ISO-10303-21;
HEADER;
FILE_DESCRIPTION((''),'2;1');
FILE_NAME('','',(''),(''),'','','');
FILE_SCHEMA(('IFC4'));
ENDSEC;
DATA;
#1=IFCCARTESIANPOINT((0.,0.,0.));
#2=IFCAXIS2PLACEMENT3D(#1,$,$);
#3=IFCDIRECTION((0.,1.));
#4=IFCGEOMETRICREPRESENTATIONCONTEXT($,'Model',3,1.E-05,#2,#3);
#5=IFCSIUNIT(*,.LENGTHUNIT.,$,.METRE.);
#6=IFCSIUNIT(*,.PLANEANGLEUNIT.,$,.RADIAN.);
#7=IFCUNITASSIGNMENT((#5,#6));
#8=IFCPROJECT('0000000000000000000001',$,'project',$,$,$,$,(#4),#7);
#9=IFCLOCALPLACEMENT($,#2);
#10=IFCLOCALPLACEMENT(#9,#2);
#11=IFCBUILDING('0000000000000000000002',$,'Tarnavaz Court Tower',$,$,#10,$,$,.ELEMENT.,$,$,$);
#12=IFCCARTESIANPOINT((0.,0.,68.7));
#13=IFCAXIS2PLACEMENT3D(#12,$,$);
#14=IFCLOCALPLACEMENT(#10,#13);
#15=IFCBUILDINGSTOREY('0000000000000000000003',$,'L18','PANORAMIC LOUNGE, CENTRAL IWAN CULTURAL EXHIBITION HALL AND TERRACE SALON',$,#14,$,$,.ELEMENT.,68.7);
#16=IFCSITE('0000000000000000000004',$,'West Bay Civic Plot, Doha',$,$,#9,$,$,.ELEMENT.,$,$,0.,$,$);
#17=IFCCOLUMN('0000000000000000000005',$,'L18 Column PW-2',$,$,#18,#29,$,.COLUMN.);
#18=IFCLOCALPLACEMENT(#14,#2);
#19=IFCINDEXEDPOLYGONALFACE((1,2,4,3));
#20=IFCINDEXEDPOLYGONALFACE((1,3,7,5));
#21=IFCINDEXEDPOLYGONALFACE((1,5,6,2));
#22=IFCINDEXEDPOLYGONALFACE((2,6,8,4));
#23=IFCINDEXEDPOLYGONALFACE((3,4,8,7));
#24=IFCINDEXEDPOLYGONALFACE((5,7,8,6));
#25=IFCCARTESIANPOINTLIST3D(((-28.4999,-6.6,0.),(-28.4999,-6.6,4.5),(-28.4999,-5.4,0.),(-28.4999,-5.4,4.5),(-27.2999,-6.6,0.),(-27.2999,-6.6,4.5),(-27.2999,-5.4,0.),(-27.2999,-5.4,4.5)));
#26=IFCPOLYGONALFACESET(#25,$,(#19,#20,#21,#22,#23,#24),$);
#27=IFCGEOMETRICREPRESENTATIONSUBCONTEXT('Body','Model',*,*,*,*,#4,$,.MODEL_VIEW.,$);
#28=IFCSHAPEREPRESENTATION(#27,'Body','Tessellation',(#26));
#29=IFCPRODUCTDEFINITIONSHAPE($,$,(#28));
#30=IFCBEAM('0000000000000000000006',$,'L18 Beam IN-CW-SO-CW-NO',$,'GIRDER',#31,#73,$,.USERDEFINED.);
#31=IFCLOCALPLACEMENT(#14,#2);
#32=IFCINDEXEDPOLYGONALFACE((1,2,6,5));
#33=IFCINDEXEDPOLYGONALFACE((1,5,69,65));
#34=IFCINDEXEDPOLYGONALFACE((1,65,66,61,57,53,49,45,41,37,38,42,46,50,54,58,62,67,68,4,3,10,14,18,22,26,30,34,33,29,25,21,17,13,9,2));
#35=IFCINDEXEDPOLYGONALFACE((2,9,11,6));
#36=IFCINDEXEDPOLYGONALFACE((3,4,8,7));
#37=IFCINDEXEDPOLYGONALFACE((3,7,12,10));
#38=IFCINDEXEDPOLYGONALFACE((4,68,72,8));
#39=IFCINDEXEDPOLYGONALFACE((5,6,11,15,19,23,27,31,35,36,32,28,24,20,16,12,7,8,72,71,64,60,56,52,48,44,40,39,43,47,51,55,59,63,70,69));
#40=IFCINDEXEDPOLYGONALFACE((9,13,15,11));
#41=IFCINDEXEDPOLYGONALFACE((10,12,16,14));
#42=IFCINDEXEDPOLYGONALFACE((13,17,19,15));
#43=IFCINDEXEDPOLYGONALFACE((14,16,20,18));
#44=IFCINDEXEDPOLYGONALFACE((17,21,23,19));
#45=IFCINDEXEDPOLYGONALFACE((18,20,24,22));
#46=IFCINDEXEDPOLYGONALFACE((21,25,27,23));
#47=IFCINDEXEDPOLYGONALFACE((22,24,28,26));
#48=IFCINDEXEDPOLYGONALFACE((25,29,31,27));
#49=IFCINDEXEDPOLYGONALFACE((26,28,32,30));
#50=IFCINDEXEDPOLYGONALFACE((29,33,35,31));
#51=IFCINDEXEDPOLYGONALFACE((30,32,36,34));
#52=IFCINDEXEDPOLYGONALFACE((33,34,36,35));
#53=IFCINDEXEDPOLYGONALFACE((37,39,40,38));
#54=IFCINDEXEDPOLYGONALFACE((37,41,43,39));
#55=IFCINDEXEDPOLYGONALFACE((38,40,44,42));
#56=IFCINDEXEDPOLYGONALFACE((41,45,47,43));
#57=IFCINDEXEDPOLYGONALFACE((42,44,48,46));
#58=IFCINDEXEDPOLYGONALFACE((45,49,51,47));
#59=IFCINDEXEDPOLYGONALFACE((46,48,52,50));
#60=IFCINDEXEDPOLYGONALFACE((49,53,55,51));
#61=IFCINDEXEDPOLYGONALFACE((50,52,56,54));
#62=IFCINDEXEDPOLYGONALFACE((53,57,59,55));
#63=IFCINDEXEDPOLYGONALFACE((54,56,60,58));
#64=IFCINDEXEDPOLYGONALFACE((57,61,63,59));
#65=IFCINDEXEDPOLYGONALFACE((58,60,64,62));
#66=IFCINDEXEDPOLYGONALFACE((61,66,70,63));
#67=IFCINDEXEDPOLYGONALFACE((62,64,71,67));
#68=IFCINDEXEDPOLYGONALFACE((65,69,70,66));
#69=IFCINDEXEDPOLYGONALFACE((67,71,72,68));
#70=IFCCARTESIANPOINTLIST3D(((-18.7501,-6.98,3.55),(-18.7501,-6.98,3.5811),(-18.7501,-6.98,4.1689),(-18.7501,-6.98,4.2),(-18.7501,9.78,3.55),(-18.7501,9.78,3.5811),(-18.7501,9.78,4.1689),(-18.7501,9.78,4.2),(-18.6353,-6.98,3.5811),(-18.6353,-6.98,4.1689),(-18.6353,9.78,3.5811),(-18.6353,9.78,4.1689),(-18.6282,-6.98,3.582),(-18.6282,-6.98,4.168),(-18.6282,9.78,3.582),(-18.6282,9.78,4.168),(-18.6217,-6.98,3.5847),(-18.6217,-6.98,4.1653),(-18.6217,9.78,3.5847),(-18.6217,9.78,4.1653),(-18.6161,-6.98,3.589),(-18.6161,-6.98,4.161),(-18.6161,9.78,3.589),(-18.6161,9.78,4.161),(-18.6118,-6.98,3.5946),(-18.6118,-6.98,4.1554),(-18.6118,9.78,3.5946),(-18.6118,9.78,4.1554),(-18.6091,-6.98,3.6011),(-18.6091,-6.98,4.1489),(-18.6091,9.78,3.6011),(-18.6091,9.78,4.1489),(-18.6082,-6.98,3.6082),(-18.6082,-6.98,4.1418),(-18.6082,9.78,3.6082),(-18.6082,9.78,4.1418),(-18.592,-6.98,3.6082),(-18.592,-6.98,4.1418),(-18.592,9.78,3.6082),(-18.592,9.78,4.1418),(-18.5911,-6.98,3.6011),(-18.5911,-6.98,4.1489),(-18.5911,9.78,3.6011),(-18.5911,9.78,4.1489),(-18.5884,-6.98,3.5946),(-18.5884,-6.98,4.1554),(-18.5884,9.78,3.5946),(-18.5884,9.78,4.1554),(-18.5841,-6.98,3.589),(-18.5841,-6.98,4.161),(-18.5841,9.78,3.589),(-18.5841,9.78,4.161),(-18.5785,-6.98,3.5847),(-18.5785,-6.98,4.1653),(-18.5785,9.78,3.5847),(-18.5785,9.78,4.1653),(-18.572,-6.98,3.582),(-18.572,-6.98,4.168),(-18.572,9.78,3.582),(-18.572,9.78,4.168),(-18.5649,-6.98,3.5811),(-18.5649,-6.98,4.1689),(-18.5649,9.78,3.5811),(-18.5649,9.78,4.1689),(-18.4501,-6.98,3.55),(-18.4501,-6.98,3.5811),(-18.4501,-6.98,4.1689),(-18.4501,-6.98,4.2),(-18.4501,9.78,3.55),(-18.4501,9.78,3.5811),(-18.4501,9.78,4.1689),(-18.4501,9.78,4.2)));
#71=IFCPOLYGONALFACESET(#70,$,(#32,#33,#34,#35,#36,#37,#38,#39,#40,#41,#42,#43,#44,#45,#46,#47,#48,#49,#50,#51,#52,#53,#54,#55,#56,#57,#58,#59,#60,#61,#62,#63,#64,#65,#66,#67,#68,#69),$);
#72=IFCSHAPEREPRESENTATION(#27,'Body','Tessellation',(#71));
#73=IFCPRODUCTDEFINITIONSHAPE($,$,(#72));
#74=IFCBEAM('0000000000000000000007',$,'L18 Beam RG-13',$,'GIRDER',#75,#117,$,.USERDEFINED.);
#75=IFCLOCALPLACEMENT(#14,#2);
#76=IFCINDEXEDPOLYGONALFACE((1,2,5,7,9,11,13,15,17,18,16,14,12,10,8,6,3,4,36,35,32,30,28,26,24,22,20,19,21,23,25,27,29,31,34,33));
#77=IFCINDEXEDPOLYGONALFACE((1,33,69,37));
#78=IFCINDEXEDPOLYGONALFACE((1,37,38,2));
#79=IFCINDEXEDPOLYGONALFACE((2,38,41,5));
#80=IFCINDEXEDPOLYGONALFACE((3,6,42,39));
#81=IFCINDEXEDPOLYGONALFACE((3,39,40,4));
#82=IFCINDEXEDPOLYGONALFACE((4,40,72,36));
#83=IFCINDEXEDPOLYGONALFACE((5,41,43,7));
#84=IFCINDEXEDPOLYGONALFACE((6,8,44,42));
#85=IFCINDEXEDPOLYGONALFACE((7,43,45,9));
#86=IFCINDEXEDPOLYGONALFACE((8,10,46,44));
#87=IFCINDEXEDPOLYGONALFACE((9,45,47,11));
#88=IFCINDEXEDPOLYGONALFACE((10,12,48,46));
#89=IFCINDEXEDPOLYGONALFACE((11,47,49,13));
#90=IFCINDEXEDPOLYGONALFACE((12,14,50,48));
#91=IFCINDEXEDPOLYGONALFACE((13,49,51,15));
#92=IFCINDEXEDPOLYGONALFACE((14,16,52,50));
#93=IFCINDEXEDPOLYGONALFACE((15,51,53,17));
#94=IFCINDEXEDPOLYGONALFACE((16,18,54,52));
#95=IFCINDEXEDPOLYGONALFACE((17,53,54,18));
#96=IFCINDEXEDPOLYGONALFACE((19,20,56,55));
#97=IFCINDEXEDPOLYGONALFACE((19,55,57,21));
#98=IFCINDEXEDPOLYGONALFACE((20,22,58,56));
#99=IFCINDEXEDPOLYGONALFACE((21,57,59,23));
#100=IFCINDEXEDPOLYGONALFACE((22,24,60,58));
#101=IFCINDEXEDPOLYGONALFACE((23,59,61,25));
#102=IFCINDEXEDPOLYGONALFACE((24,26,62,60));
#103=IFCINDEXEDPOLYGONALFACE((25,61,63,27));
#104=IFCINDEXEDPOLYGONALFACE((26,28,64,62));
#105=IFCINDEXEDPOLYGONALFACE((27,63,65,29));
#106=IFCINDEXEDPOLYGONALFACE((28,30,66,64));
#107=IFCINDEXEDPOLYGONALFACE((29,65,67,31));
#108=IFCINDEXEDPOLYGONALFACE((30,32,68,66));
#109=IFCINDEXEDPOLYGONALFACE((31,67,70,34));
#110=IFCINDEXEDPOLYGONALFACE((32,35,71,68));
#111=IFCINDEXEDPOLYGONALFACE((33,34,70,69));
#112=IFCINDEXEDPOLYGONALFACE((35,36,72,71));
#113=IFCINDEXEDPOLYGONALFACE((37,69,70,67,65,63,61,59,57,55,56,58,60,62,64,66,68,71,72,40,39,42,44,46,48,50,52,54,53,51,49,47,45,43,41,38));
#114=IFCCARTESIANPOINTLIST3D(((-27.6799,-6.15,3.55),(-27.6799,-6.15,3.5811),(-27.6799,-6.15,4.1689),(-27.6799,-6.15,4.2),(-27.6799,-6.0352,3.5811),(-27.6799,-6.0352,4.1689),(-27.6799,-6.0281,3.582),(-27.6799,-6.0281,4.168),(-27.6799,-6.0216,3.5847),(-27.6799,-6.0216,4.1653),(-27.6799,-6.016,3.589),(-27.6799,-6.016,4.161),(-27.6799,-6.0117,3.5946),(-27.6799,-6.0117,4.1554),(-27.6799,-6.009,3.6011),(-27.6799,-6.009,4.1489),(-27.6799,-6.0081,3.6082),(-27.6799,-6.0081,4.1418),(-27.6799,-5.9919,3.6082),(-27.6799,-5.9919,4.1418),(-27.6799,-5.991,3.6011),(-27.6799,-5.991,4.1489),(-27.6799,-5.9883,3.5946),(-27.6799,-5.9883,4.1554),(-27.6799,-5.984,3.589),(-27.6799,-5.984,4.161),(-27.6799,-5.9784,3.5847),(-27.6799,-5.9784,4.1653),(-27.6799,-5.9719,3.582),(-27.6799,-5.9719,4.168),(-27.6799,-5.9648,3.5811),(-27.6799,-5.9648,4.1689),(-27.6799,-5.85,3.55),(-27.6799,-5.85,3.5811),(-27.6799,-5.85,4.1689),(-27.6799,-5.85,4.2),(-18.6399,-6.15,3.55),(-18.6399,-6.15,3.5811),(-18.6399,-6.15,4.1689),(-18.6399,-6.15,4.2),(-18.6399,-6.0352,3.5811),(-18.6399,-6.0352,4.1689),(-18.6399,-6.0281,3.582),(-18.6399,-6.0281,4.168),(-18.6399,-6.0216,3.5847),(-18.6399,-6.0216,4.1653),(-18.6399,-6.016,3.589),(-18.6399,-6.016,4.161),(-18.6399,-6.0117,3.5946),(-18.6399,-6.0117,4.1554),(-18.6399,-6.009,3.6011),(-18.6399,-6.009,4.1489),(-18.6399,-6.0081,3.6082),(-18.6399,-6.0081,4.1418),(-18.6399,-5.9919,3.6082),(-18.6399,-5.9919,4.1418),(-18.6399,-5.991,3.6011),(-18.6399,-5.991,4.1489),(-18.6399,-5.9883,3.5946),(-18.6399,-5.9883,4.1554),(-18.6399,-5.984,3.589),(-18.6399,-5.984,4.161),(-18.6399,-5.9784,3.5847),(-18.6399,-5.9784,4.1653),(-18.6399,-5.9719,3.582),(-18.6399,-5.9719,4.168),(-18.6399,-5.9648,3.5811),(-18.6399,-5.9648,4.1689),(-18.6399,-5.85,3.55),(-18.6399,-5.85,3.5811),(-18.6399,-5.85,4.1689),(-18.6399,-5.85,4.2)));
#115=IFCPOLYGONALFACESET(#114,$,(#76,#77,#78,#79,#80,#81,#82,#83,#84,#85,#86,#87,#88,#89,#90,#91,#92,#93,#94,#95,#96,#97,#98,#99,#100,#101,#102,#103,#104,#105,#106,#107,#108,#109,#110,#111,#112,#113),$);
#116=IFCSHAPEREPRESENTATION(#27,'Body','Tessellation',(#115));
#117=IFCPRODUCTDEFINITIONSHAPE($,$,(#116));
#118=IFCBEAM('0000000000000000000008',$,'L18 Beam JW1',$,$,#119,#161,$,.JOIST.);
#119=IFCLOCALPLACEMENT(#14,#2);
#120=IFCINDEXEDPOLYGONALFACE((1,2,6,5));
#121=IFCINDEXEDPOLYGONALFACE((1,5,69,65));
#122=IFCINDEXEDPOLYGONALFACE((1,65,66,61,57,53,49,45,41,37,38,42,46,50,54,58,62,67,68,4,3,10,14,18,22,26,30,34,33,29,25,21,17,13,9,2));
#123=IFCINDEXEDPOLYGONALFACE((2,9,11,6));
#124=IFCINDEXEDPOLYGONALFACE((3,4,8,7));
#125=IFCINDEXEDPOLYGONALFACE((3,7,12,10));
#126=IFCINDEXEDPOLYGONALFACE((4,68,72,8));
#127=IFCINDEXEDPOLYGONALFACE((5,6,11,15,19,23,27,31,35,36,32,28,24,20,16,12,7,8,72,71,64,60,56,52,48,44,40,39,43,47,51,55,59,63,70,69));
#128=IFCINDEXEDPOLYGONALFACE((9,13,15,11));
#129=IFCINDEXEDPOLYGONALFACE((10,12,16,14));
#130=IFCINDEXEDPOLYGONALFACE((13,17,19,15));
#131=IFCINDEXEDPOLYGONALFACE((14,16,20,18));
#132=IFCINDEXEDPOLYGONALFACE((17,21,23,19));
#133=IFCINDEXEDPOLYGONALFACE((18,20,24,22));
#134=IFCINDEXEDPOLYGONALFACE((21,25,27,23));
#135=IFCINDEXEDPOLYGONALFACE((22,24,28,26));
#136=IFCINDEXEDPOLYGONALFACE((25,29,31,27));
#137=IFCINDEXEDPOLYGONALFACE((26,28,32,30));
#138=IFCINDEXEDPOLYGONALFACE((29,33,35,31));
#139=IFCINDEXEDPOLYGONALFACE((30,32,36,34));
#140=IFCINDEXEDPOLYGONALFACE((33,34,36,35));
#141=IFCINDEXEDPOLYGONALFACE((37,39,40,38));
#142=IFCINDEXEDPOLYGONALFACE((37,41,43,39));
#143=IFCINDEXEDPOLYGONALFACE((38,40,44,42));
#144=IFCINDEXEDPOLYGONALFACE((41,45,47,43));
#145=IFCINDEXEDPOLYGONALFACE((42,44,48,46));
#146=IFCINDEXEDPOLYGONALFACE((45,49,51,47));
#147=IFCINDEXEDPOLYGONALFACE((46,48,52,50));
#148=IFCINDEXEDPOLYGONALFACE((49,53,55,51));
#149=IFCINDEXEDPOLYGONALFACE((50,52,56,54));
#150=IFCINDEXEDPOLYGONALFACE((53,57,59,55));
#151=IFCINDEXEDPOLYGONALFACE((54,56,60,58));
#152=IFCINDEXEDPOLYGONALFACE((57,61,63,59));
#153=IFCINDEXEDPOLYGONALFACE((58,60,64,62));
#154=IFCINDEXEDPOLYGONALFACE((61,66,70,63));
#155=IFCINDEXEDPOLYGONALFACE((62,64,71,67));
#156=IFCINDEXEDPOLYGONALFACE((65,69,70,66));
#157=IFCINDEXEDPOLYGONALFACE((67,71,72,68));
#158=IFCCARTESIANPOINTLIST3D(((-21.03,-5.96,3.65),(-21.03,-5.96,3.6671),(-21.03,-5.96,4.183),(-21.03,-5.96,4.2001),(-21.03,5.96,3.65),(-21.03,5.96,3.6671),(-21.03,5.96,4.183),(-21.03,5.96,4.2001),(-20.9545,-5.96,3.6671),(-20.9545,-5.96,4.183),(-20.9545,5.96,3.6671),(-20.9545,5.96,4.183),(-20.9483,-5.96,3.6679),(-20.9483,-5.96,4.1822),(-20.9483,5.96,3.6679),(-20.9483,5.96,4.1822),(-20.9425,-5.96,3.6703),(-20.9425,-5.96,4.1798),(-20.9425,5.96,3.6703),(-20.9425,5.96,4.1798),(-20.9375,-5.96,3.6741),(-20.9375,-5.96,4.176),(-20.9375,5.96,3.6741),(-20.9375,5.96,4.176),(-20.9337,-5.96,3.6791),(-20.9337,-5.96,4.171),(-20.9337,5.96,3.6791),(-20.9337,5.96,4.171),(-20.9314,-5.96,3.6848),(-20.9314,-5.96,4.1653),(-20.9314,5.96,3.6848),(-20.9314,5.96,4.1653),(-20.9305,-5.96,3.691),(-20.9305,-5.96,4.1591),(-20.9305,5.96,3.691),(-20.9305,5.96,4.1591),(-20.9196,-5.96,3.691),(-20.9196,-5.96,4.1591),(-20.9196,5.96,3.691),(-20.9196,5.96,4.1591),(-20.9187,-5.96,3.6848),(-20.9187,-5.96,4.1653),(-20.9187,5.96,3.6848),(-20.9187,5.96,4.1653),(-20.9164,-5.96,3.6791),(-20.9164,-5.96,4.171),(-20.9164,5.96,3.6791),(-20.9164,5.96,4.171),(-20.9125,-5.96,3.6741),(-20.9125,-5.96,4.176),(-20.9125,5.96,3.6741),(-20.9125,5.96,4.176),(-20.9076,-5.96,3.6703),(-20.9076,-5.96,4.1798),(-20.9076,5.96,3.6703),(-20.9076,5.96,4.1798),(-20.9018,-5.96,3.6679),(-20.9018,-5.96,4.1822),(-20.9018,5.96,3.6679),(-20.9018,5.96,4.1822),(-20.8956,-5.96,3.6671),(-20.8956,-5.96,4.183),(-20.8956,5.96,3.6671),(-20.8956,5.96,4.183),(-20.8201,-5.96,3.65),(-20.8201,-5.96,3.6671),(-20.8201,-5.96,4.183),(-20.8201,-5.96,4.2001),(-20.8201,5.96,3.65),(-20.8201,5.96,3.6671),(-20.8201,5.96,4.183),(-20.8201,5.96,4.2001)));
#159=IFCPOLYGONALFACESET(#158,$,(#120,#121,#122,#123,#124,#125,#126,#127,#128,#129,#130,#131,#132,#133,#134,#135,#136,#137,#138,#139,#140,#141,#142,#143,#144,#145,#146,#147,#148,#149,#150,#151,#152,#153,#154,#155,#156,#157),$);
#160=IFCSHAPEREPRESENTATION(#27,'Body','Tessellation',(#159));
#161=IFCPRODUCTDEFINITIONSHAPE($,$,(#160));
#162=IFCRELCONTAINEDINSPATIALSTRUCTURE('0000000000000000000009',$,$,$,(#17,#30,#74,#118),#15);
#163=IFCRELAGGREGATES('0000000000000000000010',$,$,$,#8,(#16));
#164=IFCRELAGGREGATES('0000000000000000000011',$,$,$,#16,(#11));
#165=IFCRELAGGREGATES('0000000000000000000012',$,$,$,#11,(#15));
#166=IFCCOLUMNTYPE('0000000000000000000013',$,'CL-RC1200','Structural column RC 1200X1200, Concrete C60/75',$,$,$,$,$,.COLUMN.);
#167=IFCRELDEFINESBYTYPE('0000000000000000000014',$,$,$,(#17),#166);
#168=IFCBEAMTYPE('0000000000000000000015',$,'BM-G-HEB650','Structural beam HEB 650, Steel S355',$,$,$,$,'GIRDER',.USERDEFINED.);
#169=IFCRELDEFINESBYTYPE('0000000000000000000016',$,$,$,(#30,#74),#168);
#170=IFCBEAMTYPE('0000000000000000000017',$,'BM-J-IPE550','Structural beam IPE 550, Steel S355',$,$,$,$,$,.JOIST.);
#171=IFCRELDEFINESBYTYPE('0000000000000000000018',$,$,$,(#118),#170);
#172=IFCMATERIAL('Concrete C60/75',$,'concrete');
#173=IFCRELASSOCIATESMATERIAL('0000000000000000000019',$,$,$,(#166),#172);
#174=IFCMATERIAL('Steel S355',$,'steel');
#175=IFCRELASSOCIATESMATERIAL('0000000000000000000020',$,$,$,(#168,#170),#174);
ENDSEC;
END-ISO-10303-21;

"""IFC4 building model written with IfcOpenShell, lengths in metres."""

from ifc_helpers import new_model, si_unit, direction, frame, origin, origin_2d, place, context, subcontext, project, spatial, rectangle, i_section, extrude, material, material_profile, profile_set, type_object, element, save


model = new_model("IFC4")

# Units and contexts
model_context = context("Model", 3, precision=1e-05, world=origin(), true_north=direction((0.0, 1.0)))
body_context = subcontext(model_context, "Body", "Model", "MODEL_VIEW")
ifc_project = project(units=[si_unit("LENGTHUNIT", "METRE"), si_unit("PLANEANGLEUNIT", "RADIAN")], contexts=[model_context])

# Site, building, storey
site_placement = place(None, origin())
site = spatial("IfcSite", under=ifc_project, at=site_placement, Name="West Bay Civic Plot, Doha", CompositionType="ELEMENT", RefElevation=0.0)
building_placement = place(site_placement, origin())
building = spatial("IfcBuilding", under=site, at=building_placement, Name="Tarnavaz Court Tower", CompositionType="ELEMENT")
storey_placement = place(building_placement, frame((0.0, 0.0, 68.7)))
storey = spatial("IfcBuildingStorey", under=building, at=storey_placement, Name="L18", Description="PANORAMIC LOUNGE, CENTRAL IWAN CULTURAL EXHIBITION HALL AND TERRACE SALON", CompositionType="ELEMENT", Elevation=68.7)

# Column
ifc_material_1 = material(Name="Concrete C60/75", Category="concrete")
ifc_material_profile_1 = material_profile(ifc_material_1, rectangle(XDim=1.2, YDim=1.2, at=origin_2d()), Name="RC 1200X1200")
ifc_profile_set_1 = profile_set([ifc_material_profile_1], Name="Concrete C60/75")
column_type = type_object("IfcColumnType", Name="CL-RC1200", Description="Structural column RC 1200X1200, Concrete C60/75", PredefinedType="COLUMN", material=ifc_profile_set_1)
column_placement = place(storey_placement, frame((-27.8999, -6.0, 0.0), z_axis=(0.0, 0.0, 1.0), x_axis=(1.0, 0.0, 0.0)))
element("IfcColumn", 1, at=column_placement, inside=storey, type_object=column_type, Name="L18 Column PW-2", PredefinedType="COLUMN", context=body_context, shape_type="SweptSolid", body=[
    extrude(rectangle(XDim=1.2, YDim=1.2, at=origin_2d()), origin(), (0.0, 0.0, 1.0), 4.5),
])

# Beams
ifc_material_2 = material(Name="Steel S355", Category="steel")
ifc_material_profile_2 = material_profile(ifc_material_2, i_section(OverallWidth=0.3, OverallDepth=0.6499, WebThickness=0.0161, FlangeThickness=0.031, FilletRadius=0.0271, at=origin_2d()), Name="HEB 650")
ifc_profile_set_2 = profile_set([ifc_material_profile_2], Name="Steel S355")
beam_type_1 = type_object("IfcBeamType", Name="BM-G-HEB650", Description="Structural beam HEB 650, Steel S355", ElementType="GIRDER", PredefinedType="USERDEFINED", material=ifc_profile_set_2)
beam_1_placement = place(storey_placement, frame((-18.6001, -6.98, 3.875), z_axis=(0.0, 1.0, 0.0), x_axis=(-1.0, 0.0, 0.0)))
element("IfcBeam", 2, at=beam_1_placement, inside=storey, type_object=beam_type_1, Name="L18 Beam IN-CW-SO-CW-NO", ObjectType="GIRDER", PredefinedType="USERDEFINED", context=body_context, shape_type="SweptSolid", body=[
    extrude(i_section(OverallWidth=0.3, OverallDepth=0.6499, WebThickness=0.0161, FlangeThickness=0.031, FilletRadius=0.0271, at=origin_2d()), origin(), (0.0, 0.0, 1.0), 16.76),
])
beam_2_placement = place(storey_placement, frame((-18.6399, -6.0, 3.875), z_axis=(-1.0, 0.0, 0.0), x_axis=(0.0, -1.0, 0.0)))
element("IfcBeam", 3, at=beam_2_placement, inside=storey, type_object=beam_type_1, Name="L18 Beam RG-13", ObjectType="GIRDER", PredefinedType="USERDEFINED", context=body_context, shape_type="SweptSolid", body=[
    extrude(i_section(OverallWidth=0.3, OverallDepth=0.6499, WebThickness=0.0161, FlangeThickness=0.031, FilletRadius=0.0271, at=origin_2d()), origin(), (0.0, 0.0, 1.0), 9.04),
])
ifc_material_profile_3 = material_profile(ifc_material_2, i_section(OverallWidth=0.21, OverallDepth=0.55, WebThickness=0.011, FlangeThickness=0.0171, FilletRadius=0.0239, at=origin_2d()), Name="IPE 550")
ifc_profile_set_3 = profile_set([ifc_material_profile_3], Name="Steel S355")
beam_type_2 = type_object("IfcBeamType", Name="BM-J-IPE550", Description="Structural beam IPE 550, Steel S355", PredefinedType="JOIST", material=ifc_profile_set_3)
for number, where, z_axis, x_axis, name in (
    (4, (-20.925, -5.96, 3.925), (0.0, 1.0, 0.0), (-1.0, 0.0, 0.0), "L18 Beam JW1"),
):
    element("IfcBeam", number, at=place(storey_placement, frame(where, z_axis=z_axis, x_axis=x_axis)), inside=storey, type_object=beam_type_2, Name=name, PredefinedType="JOIST", context=body_context, shape_type="SweptSolid", body=[
        extrude(i_section(OverallWidth=0.21, OverallDepth=0.55, WebThickness=0.011, FlangeThickness=0.0171, FilletRadius=0.0239, at=origin_2d()), origin(), (0.0, 0.0, 1.0), 11.9199),
    ])

save(model, "model.ifc")
